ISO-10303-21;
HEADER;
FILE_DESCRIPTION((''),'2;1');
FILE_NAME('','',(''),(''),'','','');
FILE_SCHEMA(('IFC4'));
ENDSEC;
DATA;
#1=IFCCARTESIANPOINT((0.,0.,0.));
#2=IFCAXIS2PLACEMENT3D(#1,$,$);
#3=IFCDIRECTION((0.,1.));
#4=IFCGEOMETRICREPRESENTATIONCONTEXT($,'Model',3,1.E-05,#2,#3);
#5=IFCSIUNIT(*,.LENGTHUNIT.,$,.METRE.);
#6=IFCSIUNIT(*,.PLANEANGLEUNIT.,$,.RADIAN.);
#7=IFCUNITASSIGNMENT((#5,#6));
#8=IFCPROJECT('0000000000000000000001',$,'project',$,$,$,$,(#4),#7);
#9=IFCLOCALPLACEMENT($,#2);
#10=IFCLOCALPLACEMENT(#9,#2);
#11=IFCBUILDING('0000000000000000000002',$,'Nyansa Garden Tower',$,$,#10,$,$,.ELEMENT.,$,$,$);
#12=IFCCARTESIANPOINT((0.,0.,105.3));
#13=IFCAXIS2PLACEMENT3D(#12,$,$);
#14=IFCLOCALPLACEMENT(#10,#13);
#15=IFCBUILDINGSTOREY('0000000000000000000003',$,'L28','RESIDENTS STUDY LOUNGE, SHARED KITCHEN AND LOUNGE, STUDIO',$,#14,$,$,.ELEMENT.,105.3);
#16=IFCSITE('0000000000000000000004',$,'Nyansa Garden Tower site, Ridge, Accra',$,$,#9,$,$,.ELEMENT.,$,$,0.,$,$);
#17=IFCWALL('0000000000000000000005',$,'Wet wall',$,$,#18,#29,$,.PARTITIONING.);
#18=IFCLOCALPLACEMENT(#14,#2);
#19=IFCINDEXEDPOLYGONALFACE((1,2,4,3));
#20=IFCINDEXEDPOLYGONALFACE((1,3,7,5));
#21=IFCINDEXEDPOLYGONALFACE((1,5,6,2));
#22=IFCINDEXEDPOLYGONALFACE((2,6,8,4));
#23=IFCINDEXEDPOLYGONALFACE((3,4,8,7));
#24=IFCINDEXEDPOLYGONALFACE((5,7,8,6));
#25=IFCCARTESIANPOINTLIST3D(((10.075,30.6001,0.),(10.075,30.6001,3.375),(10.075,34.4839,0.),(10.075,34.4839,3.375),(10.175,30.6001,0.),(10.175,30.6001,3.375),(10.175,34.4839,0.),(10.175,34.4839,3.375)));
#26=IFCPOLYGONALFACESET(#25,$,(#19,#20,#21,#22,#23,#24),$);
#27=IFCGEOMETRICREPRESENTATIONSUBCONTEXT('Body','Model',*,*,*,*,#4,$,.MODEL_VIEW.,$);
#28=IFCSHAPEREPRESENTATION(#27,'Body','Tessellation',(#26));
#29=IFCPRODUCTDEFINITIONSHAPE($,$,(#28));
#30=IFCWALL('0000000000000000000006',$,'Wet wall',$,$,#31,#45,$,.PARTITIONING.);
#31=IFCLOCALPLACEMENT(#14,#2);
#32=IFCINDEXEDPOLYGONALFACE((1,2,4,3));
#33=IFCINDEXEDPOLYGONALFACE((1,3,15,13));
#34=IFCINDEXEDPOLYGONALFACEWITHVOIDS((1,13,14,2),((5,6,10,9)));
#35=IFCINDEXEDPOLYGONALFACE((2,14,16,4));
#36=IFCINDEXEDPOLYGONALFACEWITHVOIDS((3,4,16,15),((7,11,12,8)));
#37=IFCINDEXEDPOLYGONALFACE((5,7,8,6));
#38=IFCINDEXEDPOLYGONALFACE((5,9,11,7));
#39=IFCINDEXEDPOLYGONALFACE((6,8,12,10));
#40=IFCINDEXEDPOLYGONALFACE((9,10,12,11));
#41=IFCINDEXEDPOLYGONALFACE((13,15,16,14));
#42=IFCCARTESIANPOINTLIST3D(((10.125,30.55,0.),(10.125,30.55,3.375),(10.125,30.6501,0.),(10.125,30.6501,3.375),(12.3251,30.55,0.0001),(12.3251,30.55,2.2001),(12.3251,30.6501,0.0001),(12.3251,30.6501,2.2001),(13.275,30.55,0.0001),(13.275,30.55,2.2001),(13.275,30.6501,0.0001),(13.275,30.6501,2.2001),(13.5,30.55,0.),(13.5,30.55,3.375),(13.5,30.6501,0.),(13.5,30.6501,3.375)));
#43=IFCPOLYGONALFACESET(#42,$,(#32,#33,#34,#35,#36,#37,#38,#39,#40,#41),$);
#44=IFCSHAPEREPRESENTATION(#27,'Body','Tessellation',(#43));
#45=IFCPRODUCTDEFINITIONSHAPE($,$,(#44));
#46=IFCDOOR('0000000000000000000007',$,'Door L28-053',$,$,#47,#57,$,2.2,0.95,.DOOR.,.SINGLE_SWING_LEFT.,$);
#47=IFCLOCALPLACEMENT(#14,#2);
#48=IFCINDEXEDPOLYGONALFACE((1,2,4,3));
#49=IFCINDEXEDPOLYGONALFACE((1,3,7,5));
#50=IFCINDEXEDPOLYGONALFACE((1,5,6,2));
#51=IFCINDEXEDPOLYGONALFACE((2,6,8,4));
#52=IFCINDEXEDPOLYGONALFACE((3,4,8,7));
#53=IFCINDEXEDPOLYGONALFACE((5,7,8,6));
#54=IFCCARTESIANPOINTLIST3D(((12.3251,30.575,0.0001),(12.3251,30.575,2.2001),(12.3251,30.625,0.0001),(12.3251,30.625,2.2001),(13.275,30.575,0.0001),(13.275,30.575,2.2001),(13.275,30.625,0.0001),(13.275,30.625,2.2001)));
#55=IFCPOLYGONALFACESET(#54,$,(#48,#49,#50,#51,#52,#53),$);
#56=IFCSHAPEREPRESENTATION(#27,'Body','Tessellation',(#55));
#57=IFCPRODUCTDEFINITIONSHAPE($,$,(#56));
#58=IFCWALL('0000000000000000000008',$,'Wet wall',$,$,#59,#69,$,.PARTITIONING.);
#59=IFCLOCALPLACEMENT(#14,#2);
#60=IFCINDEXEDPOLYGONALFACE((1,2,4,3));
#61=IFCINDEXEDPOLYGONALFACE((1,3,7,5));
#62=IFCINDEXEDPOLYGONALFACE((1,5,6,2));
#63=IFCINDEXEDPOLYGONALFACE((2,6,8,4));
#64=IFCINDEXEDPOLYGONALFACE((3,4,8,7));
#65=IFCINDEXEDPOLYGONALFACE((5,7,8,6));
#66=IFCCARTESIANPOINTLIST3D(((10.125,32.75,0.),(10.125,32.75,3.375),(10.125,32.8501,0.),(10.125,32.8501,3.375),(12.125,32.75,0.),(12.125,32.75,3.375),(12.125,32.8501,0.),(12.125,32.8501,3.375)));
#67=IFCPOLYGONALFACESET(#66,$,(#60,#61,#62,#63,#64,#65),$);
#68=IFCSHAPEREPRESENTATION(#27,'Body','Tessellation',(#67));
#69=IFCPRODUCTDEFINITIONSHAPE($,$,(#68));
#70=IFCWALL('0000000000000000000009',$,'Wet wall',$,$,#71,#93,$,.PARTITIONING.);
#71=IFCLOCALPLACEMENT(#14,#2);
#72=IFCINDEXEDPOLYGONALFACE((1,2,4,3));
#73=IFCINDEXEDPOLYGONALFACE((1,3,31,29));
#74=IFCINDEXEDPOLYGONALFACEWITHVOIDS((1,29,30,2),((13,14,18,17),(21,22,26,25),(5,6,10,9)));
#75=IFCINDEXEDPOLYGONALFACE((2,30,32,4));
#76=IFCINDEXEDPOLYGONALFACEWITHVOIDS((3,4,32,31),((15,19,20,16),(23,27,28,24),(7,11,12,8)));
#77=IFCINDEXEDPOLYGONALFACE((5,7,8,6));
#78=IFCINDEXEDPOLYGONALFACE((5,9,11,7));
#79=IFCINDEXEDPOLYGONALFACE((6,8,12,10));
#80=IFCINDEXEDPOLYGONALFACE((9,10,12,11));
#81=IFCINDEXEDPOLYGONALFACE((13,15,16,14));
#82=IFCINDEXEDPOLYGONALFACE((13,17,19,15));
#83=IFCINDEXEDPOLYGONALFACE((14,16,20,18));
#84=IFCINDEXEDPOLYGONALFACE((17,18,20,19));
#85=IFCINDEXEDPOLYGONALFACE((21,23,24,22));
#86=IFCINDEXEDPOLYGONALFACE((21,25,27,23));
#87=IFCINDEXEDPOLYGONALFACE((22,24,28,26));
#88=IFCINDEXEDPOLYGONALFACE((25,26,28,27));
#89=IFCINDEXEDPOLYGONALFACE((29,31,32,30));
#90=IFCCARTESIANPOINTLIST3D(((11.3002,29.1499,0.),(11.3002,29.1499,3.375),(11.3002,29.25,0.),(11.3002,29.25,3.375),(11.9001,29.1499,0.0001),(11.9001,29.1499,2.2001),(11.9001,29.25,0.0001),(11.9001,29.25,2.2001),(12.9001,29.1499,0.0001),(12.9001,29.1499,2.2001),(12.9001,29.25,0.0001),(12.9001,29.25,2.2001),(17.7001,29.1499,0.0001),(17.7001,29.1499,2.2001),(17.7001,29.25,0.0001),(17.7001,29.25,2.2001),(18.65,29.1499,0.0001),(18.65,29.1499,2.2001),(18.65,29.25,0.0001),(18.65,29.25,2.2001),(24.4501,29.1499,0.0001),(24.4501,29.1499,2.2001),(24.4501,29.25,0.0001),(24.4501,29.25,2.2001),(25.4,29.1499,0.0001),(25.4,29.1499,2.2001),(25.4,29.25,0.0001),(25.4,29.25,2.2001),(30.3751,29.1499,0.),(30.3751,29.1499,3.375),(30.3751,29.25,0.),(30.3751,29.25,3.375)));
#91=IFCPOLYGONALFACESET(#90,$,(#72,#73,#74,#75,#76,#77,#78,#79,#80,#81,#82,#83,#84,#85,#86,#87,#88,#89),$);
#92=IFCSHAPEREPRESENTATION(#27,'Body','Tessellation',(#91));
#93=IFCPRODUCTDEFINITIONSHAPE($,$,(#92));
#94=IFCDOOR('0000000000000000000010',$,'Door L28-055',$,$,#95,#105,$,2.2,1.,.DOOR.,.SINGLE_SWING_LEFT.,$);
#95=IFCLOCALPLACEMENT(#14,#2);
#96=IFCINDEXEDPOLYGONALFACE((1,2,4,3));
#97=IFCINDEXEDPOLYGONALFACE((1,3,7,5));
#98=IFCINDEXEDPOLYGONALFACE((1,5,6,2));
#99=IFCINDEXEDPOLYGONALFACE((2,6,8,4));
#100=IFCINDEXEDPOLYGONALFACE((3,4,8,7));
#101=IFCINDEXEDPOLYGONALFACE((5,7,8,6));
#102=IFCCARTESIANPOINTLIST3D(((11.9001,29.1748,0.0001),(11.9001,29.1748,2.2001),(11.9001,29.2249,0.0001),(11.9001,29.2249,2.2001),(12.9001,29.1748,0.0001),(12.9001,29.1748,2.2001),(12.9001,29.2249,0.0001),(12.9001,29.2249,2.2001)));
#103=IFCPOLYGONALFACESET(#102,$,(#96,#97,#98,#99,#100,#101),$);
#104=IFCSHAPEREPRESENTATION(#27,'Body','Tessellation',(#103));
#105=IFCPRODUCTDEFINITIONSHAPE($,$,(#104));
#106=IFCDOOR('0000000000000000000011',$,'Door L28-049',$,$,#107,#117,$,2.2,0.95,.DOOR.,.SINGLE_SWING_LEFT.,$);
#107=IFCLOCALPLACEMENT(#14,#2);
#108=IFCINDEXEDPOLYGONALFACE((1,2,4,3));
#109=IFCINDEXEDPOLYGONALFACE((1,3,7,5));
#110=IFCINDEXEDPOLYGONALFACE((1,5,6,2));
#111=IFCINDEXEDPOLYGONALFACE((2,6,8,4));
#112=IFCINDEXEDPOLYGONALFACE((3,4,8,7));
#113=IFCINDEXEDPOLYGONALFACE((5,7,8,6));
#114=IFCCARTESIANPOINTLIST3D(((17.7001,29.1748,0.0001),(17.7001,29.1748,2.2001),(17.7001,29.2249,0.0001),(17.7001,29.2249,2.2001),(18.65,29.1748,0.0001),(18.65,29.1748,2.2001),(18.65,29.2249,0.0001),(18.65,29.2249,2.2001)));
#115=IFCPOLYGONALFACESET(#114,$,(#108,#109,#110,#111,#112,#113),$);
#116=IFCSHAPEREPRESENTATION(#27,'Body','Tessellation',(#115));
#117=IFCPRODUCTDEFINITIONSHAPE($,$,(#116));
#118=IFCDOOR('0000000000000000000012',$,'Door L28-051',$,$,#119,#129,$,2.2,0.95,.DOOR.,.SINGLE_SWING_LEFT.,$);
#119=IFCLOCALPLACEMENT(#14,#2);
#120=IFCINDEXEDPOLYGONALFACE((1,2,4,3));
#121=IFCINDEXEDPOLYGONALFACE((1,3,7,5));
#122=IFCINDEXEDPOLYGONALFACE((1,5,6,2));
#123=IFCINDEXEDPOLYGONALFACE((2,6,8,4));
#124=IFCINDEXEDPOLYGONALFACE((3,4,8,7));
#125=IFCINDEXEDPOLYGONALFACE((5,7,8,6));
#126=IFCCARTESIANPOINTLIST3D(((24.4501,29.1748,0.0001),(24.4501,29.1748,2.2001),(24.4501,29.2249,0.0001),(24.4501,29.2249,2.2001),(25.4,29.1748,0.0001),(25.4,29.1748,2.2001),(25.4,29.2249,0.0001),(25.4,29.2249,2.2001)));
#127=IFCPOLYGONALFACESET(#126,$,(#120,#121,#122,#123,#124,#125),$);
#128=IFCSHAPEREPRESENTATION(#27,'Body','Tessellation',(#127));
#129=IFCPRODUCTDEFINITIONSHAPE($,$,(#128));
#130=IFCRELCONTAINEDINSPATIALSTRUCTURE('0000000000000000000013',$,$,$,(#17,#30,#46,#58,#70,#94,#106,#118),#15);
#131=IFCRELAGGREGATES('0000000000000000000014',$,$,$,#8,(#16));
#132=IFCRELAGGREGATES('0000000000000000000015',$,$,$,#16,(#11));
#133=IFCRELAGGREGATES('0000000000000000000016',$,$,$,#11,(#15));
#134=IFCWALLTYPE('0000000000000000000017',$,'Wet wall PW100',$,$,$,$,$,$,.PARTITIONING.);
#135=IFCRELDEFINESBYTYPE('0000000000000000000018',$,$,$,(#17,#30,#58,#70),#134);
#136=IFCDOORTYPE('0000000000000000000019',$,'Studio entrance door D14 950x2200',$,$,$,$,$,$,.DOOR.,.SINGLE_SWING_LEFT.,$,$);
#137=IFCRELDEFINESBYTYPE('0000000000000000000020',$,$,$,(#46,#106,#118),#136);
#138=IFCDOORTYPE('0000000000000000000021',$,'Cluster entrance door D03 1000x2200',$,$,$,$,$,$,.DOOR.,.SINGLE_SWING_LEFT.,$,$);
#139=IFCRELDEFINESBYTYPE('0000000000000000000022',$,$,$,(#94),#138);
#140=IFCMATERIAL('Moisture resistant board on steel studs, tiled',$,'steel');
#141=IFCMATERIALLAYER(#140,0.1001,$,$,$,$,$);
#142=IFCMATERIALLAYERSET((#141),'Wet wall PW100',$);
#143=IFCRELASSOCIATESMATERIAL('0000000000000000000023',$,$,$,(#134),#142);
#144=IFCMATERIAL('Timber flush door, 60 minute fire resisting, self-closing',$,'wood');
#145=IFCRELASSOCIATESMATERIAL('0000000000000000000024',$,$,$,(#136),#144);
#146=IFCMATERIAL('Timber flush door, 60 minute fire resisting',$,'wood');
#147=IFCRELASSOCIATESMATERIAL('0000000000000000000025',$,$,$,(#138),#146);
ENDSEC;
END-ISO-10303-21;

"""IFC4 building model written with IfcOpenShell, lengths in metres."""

from ifc_helpers import new_model, si_unit, direction, frame, frame_2d, origin, place, context, subcontext, project, spatial, rectangle, extrude, material, layer, layer_set, type_object, element, fill, save


model = new_model("IFC4")

# Units and contexts
model_context = context("Model", 3, precision=1e-05, world=origin(), true_north=direction((0.0, 1.0)))
body_context = subcontext(model_context, "Body", "Model", "MODEL_VIEW")
ifc_project = project(units=[si_unit("LENGTHUNIT", "METRE"), si_unit("PLANEANGLEUNIT", "RADIAN")], contexts=[model_context])

# Site, building, storey
site_placement = place(None, origin())
site = spatial("IfcSite", under=ifc_project, at=site_placement, Name="Nyansa Garden Tower site, Ridge, Accra", CompositionType="ELEMENT", RefElevation=0.0)
building_placement = place(site_placement, origin())
building = spatial("IfcBuilding", under=site, at=building_placement, Name="Nyansa Garden Tower", CompositionType="ELEMENT")
storey_placement = place(building_placement, frame((0.0, 0.0, 105.3)))
storey = spatial("IfcBuildingStorey", under=building, at=storey_placement, Name="L28", Description="RESIDENTS STUDY LOUNGE, SHARED KITCHEN AND LOUNGE, STUDIO", CompositionType="ELEMENT", Elevation=105.3)

# Wall
ifc_material_1 = material(Name="Moisture resistant board on steel studs, tiled", Category="steel")
ifc_layer_1 = layer(ifc_material_1, 0.1001)
ifc_layer_set_1 = layer_set([ifc_layer_1], Name="Wet wall PW100")
wall_type = type_object("IfcWallType", Name="Wet wall PW100", PredefinedType="PARTITIONING", material=ifc_layer_set_1)
wall_1_placement = place(storey_placement, frame((10.125, 30.6001, 0.0), z_axis=(0.0, 0.0, 1.0), x_axis=(0.0, 1.0, 0.0)))
element("IfcWall", 1, at=wall_1_placement, inside=storey, type_object=wall_type, Name="Wet wall", PredefinedType="PARTITIONING", context=body_context, shape_type="SweptSolid", body=[
    extrude(rectangle(XDim=3.8838, YDim=0.1001, at=frame_2d((1.9419, 0.0))), origin(), (0.0, 0.0, 1.0), 3.375),
])

# Wall, opening, door
wall_2_placement = place(storey_placement, frame((10.125, 30.6001, 0.0), z_axis=(0.0, 0.0, 1.0), x_axis=(1.0, 0.0, 0.0)))
wall_2 = element("IfcWall", 2, at=wall_2_placement, inside=storey, type_object=wall_type, Name="Wet wall", PredefinedType="PARTITIONING", context=body_context, shape_type="SweptSolid", body=[
    extrude(rectangle(XDim=3.375, YDim=0.1001, at=frame_2d((1.6875, 0.0))), origin(), (0.0, 0.0, 1.0), 3.375),
])
opening_1_placement = place(wall_2_placement, frame((2.2, 0.0, 0.0)))
opening_1 = element("IfcOpeningElement", 3, at=opening_1_placement, cuts=wall_2, PredefinedType="OPENING", context=body_context, shape_type="SweptSolid", body=[
    extrude(rectangle(XDim=0.95, YDim=2.2, at=frame_2d((0.4751, 1.1001))), frame((0.0, 0.0601, 0.0), z_axis=(0.0, -1.0, 0.0), x_axis=(1.0, 0.0, 0.0)), (0.0, 0.0, 1.0), 0.1201),
])
ifc_material_2 = material(Name="Timber flush door, 60 minute fire resisting, self-closing", Category="wood")
door_type_1 = type_object("IfcDoorType", Name="Studio entrance door D14 950x2200", OperationType="SINGLE_SWING_LEFT", PredefinedType="DOOR", material=ifc_material_2)
door_1_placement = place(opening_1_placement, origin())
door_1 = element("IfcDoor", 4, at=door_1_placement, inside=storey, type_object=door_type_1, Name="Door L28-053", OperationType="SINGLE_SWING_LEFT", OverallHeight=2.2, OverallWidth=0.95, PredefinedType="DOOR", context=body_context, shape_type="SweptSolid", body=[
    extrude(rectangle(XDim=0.95, YDim=2.2, at=frame_2d((0.4751, 1.1001))), frame((0.0, 0.0249, 0.0), z_axis=(0.0, -1.0, 0.0), x_axis=(1.0, 0.0, 0.0)), (0.0, 0.0, 1.0), 0.05),
])
fill(opening_1, door_1)

# Wall
wall_3_placement = place(storey_placement, frame((10.125, 32.8, 0.0), z_axis=(0.0, 0.0, 1.0), x_axis=(1.0, 0.0, 0.0)))
element("IfcWall", 5, at=wall_3_placement, inside=storey, type_object=wall_type, Name="Wet wall", PredefinedType="PARTITIONING", context=body_context, shape_type="SweptSolid", body=[
    extrude(rectangle(XDim=2.0, YDim=0.1001, at=frame_2d((1.0, 0.0))), origin(), (0.0, 0.0, 1.0), 3.375),
])

# Wall, openings, doors
wall_4_placement = place(storey_placement, frame((11.3, 29.2, 0.0), z_axis=(0.0, 0.0, 1.0), x_axis=(1.0, 0.0, 0.0)))
wall_4 = element("IfcWall", 6, at=wall_4_placement, inside=storey, type_object=wall_type, Name="Wet wall", PredefinedType="PARTITIONING", context=body_context, shape_type="SweptSolid", body=[
    extrude(rectangle(XDim=19.075, YDim=0.1001, at=frame_2d((9.5376, 0.0))), origin(), (0.0, 0.0, 1.0), 3.375),
])
opening_2_placement = place(wall_4_placement, frame((6.3999, 0.0, 0.0)))
opening_2 = element("IfcOpeningElement", 7, at=opening_2_placement, cuts=wall_4, PredefinedType="OPENING", context=body_context, shape_type="SweptSolid", body=[
    extrude(rectangle(XDim=0.95, YDim=2.2, at=frame_2d((0.4751, 1.1001))), frame((0.0, 0.0601, 0.0), z_axis=(0.0, -1.0, 0.0), x_axis=(1.0, 0.0, 0.0)), (0.0, 0.0, 1.0), 0.1201),
])
opening_3_placement = place(wall_4_placement, frame((13.1499, 0.0, 0.0)))
opening_3 = element("IfcOpeningElement", 8, at=opening_3_placement, cuts=wall_4, PredefinedType="OPENING", context=body_context, shape_type="SweptSolid", body=[
    extrude(rectangle(XDim=0.95, YDim=2.2, at=frame_2d((0.4751, 1.1001))), frame((0.0, 0.0601, 0.0), z_axis=(0.0, -1.0, 0.0), x_axis=(1.0, 0.0, 0.0)), (0.0, 0.0, 1.0), 0.1201),
])
opening_4_placement = place(wall_4_placement, frame((0.6001, 0.0, 0.0)))
opening_4 = element("IfcOpeningElement", 9, at=opening_4_placement, cuts=wall_4, PredefinedType="OPENING", context=body_context, shape_type="SweptSolid", body=[
    extrude(rectangle(XDim=1.0, YDim=2.2, at=frame_2d((0.5, 1.1001))), frame((0.0, 0.0601, 0.0), z_axis=(0.0, -1.0, 0.0), x_axis=(1.0, 0.0, 0.0)), (0.0, 0.0, 1.0), 0.1201),
])
ifc_material_3 = material(Name="Timber flush door, 60 minute fire resisting", Category="wood")
door_type_2 = type_object("IfcDoorType", Name="Cluster entrance door D03 1000x2200", OperationType="SINGLE_SWING_LEFT", PredefinedType="DOOR", material=ifc_material_3)
door_2_placement = place(opening_4_placement, origin())
door_2 = element("IfcDoor", 10, at=door_2_placement, inside=storey, type_object=door_type_2, Name="Door L28-055", OperationType="SINGLE_SWING_LEFT", OverallHeight=2.2, OverallWidth=1.0, PredefinedType="DOOR", context=body_context, shape_type="SweptSolid", body=[
    extrude(rectangle(XDim=1.0, YDim=2.2, at=frame_2d((0.5, 1.1001))), frame((0.0, 0.0249, 0.0), z_axis=(0.0, -1.0, 0.0), x_axis=(1.0, 0.0, 0.0)), (0.0, 0.0, 1.0), 0.05),
])
fill(opening_4, door_2)
door_3_placement = place(opening_2_placement, origin())
door_3 = element("IfcDoor", 11, at=door_3_placement, inside=storey, type_object=door_type_1, Name="Door L28-049", OperationType="SINGLE_SWING_LEFT", OverallHeight=2.2, OverallWidth=0.95, PredefinedType="DOOR", context=body_context, shape_type="SweptSolid", body=[
    extrude(rectangle(XDim=0.95, YDim=2.2, at=frame_2d((0.4751, 1.1001))), frame((0.0, 0.0249, 0.0), z_axis=(0.0, -1.0, 0.0), x_axis=(1.0, 0.0, 0.0)), (0.0, 0.0, 1.0), 0.05),
])
fill(opening_2, door_3)
door_4_placement = place(opening_3_placement, origin())
door_4 = element("IfcDoor", 12, at=door_4_placement, inside=storey, type_object=door_type_1, Name="Door L28-051", OperationType="SINGLE_SWING_LEFT", OverallHeight=2.2, OverallWidth=0.95, PredefinedType="DOOR", context=body_context, shape_type="SweptSolid", body=[
    extrude(rectangle(XDim=0.95, YDim=2.2, at=frame_2d((0.4751, 1.1001))), frame((0.0, 0.0249, 0.0), z_axis=(0.0, -1.0, 0.0), x_axis=(1.0, 0.0, 0.0)), (0.0, 0.0, 1.0), 0.05),
])
fill(opening_3, door_4)

save(model, "model.ifc")
